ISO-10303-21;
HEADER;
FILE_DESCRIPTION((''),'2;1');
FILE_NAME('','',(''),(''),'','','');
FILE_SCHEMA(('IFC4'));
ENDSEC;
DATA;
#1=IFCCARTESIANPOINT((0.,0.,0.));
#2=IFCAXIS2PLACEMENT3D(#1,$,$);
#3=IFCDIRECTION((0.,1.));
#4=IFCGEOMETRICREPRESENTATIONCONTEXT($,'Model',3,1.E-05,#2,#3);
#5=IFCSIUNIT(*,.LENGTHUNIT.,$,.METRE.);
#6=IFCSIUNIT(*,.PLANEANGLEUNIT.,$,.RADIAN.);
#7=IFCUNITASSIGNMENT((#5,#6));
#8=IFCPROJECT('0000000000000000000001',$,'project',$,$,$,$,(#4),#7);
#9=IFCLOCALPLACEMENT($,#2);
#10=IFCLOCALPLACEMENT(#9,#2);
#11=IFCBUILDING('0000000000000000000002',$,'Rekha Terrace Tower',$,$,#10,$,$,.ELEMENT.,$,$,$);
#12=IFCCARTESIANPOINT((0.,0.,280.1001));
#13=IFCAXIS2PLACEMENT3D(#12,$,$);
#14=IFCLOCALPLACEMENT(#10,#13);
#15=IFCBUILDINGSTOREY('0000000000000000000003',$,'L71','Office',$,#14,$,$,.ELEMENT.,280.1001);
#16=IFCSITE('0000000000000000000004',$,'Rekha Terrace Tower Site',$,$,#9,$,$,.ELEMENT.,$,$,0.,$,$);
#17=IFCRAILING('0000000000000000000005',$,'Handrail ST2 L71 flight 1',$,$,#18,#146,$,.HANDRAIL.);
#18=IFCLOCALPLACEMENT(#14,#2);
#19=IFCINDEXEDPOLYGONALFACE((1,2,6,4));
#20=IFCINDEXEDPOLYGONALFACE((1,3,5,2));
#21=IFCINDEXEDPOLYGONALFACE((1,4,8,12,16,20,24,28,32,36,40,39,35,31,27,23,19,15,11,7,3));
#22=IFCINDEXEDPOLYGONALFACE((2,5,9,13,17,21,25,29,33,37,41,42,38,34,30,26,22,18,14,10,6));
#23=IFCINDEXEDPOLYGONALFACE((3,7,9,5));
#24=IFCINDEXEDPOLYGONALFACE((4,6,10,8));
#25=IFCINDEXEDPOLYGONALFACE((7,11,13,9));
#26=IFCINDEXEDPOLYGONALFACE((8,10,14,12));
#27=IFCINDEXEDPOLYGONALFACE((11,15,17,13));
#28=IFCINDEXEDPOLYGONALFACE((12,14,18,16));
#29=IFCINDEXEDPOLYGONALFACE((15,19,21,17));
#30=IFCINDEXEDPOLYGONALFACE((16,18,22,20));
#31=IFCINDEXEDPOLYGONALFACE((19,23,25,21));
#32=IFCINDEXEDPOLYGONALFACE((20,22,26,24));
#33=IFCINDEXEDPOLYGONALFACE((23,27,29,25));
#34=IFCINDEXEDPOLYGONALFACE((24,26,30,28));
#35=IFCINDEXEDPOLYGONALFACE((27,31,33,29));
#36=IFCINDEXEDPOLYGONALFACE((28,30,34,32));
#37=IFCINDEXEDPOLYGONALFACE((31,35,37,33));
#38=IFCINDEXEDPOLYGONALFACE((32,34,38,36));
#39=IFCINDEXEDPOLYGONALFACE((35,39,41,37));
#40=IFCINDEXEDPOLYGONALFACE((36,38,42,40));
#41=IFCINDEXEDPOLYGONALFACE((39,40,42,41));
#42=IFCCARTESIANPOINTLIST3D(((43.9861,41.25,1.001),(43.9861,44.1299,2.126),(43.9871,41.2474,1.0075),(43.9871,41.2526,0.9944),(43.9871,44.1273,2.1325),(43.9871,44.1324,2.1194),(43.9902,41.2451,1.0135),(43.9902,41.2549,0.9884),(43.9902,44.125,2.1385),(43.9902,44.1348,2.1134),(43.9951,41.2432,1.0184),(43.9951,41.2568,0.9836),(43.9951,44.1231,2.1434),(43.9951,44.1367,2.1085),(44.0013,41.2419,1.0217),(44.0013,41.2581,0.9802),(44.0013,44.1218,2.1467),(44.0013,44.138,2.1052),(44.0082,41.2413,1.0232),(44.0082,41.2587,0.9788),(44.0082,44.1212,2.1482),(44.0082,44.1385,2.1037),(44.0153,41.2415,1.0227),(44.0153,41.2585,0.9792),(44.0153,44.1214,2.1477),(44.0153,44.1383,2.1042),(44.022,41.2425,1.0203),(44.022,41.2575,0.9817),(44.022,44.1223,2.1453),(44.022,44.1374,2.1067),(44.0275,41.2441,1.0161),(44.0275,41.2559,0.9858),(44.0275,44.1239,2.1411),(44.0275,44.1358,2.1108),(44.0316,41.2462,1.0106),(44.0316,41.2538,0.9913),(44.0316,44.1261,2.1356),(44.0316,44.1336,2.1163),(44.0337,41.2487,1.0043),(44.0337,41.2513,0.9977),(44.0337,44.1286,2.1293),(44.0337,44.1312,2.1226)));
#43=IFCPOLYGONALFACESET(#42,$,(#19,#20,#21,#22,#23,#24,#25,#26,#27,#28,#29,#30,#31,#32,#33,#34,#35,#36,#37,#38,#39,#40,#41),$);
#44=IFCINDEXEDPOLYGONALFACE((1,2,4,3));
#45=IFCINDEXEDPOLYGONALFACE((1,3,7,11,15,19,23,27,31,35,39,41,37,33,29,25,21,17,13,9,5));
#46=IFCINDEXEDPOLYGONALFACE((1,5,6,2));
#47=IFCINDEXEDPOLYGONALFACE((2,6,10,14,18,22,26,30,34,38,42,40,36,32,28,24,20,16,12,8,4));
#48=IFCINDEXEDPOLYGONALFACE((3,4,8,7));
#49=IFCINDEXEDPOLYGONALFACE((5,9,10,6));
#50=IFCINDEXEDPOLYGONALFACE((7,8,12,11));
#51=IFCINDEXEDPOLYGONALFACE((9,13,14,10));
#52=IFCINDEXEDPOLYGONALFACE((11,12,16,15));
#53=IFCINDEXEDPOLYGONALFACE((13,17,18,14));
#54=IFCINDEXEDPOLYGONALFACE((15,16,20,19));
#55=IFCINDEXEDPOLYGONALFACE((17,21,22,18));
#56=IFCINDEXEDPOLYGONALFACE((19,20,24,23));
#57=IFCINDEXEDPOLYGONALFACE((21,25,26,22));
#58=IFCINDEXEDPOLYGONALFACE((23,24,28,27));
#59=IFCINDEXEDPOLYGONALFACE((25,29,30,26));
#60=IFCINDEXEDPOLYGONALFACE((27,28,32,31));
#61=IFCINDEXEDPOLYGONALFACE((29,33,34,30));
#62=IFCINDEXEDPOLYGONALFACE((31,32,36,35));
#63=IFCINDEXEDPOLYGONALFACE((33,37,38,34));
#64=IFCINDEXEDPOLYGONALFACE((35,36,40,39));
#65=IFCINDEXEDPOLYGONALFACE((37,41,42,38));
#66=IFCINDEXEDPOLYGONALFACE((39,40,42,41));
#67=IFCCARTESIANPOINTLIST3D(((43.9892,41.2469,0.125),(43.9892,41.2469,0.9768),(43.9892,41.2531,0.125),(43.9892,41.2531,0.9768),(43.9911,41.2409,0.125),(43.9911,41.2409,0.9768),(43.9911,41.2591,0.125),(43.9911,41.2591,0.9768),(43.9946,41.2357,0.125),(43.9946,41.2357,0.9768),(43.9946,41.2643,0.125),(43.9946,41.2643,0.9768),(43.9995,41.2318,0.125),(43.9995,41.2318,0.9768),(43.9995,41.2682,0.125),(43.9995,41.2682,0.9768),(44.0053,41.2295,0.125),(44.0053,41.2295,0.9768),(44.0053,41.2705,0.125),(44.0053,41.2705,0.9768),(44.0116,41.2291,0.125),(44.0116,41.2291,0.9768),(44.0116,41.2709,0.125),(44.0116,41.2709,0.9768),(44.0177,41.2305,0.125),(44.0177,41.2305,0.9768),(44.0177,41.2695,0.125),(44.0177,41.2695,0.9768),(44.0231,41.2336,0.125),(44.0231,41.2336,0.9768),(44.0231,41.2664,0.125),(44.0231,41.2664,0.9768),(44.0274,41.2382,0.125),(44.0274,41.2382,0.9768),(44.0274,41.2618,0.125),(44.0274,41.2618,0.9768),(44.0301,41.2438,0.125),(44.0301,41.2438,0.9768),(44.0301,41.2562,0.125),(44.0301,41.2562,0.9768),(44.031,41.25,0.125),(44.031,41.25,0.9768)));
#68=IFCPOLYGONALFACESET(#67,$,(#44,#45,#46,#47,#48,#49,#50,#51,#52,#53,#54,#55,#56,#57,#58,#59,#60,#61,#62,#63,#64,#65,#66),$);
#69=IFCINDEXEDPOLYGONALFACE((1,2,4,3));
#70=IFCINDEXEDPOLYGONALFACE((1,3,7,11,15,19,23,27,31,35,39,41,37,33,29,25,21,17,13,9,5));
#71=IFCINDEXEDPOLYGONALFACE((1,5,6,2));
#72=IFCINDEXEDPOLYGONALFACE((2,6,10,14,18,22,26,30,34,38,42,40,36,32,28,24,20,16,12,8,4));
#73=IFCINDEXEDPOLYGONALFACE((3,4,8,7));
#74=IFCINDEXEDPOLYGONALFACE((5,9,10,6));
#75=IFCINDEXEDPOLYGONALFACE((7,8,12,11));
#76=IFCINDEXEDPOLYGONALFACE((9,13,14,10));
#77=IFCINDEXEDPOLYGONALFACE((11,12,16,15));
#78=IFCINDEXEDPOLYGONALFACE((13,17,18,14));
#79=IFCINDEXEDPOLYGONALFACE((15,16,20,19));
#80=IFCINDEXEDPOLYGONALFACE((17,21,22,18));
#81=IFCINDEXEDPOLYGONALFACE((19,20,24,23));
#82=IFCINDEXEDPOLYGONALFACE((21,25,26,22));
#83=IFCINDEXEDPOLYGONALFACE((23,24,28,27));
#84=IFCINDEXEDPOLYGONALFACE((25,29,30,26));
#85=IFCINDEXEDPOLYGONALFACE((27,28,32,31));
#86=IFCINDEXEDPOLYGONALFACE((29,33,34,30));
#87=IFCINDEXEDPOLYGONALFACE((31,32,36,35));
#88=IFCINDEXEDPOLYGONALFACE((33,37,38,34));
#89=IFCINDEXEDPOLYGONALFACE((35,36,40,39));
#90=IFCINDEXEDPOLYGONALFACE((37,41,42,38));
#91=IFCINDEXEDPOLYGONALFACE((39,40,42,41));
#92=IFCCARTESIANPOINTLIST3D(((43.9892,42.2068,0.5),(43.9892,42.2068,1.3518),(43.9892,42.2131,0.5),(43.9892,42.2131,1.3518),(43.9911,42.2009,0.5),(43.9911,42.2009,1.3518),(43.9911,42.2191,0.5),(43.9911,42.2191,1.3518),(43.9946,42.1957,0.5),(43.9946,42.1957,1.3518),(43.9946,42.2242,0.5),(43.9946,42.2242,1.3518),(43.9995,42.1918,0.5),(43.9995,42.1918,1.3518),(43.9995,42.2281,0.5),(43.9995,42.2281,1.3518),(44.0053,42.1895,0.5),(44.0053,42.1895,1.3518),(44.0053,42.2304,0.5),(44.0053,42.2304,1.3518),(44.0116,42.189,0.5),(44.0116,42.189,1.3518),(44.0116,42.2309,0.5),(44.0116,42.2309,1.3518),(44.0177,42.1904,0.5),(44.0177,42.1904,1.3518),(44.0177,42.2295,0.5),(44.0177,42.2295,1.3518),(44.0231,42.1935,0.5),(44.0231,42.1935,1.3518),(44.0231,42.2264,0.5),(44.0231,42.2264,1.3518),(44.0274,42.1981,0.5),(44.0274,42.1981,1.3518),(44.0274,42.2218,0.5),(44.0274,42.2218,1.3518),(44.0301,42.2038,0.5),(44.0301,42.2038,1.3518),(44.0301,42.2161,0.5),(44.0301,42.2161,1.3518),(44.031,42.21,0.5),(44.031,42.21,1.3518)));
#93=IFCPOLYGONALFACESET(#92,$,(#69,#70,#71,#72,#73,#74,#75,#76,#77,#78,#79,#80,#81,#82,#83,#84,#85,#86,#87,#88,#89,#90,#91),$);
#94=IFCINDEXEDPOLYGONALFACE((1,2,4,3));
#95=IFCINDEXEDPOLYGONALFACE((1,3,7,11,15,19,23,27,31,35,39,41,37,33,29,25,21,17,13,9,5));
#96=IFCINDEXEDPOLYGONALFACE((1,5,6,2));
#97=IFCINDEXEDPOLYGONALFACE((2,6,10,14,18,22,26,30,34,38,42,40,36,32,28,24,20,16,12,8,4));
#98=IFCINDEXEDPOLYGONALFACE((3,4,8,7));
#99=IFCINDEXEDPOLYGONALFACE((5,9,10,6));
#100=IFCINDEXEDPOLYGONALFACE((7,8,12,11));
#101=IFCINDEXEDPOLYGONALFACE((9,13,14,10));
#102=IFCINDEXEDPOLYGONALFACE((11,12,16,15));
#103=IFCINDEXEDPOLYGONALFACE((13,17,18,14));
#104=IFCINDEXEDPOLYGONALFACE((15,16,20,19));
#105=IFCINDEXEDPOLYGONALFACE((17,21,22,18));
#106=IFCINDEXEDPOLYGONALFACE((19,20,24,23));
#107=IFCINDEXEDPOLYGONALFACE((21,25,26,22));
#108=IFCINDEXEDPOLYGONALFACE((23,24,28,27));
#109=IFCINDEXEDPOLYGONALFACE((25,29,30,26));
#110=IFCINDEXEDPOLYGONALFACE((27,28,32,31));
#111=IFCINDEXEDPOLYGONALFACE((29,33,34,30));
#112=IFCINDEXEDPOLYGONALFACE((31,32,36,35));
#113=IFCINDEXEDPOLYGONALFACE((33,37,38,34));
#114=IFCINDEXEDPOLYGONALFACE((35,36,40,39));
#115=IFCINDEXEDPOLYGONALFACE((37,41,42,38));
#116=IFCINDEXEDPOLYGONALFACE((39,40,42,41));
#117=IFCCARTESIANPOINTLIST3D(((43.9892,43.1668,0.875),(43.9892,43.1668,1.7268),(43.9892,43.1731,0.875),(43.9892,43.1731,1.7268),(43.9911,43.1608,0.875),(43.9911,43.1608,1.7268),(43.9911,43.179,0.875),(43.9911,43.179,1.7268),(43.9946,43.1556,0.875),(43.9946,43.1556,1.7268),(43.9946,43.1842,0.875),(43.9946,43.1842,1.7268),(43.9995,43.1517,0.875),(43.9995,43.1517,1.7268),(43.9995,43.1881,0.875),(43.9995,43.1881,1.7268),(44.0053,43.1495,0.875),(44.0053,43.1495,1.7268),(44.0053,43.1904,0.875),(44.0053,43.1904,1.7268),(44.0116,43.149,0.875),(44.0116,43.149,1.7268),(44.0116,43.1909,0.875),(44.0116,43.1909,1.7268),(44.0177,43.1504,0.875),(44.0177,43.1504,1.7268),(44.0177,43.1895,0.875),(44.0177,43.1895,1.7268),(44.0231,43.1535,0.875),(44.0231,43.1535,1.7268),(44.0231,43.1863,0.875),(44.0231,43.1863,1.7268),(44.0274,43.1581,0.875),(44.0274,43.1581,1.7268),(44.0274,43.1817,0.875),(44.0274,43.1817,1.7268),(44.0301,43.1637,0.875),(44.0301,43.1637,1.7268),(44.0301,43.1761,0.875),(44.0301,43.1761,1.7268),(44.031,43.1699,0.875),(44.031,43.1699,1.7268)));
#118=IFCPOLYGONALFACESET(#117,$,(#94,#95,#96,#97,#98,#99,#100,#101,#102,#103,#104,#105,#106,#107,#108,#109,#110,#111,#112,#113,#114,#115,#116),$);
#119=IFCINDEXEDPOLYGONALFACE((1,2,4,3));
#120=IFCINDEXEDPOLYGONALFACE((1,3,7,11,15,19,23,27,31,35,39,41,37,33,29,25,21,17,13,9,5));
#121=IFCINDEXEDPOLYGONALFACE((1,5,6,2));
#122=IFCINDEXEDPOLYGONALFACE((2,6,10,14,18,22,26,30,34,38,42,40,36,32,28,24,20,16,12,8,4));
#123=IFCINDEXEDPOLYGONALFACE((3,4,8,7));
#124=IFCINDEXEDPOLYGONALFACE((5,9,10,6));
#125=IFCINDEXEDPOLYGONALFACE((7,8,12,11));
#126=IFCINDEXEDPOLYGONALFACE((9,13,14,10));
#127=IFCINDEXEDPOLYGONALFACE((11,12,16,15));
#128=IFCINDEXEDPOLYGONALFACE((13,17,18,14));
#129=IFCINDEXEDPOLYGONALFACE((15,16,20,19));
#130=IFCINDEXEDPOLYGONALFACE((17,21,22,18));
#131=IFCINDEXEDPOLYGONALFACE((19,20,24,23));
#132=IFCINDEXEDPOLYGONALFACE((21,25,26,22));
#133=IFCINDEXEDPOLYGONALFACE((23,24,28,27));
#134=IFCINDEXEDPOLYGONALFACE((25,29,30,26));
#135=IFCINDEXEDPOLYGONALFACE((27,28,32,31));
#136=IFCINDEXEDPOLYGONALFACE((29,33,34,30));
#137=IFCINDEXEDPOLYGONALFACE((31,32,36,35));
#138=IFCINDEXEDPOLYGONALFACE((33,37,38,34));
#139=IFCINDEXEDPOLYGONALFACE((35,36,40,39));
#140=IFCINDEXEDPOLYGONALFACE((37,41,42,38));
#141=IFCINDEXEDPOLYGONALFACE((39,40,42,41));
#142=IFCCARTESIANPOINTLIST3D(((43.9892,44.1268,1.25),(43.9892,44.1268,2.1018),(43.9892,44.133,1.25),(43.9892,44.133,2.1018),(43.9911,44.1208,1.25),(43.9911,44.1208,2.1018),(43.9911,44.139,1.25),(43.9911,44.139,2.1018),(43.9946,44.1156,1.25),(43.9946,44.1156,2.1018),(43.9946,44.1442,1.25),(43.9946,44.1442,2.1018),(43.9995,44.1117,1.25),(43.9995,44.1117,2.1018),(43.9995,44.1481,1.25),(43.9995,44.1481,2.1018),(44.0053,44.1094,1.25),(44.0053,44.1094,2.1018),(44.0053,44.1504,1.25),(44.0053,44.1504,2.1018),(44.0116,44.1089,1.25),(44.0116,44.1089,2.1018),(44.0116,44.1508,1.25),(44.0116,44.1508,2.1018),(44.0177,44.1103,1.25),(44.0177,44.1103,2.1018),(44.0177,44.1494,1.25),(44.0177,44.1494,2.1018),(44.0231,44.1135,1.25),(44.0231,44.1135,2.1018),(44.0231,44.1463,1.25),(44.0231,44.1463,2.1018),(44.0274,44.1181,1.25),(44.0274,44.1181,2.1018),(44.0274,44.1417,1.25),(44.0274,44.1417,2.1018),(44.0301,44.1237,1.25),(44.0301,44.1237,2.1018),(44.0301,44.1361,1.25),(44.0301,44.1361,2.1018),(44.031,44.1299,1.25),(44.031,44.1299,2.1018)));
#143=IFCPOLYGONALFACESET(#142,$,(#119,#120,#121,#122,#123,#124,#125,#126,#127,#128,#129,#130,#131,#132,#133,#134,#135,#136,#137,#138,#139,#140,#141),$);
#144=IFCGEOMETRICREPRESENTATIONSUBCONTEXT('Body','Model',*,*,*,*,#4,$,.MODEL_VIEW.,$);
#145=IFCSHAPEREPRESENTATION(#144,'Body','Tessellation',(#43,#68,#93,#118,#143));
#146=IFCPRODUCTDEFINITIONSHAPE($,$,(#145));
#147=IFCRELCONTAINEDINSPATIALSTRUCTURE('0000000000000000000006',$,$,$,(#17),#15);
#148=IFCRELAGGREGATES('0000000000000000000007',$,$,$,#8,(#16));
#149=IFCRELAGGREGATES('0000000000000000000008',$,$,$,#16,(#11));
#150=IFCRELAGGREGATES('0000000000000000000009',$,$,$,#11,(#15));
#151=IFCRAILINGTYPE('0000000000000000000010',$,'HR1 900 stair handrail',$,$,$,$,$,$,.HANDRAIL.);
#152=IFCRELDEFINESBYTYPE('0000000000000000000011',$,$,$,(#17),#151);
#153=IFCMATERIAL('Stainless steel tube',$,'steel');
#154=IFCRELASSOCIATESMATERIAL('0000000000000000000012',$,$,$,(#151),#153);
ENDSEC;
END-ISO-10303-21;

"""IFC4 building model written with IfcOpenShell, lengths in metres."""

from ifc_helpers import new_model, si_unit, direction, frame, origin, origin_2d, place, context, subcontext, project, spatial, circle, extrude, material, type_object, element, save


model = new_model("IFC4")

# Units and contexts
model_context = context("Model", 3, precision=1e-05, world=origin(), true_north=direction((0.0, 1.0)))
body_context = subcontext(model_context, "Body", "Model", "MODEL_VIEW")
ifc_project = project(units=[si_unit("LENGTHUNIT", "METRE"), si_unit("PLANEANGLEUNIT", "RADIAN")], contexts=[model_context])

# Site, building, storey
site_placement = place(None, origin())
site = spatial("IfcSite", under=ifc_project, at=site_placement, Name="Rekha Terrace Tower Site", CompositionType="ELEMENT", RefElevation=0.0)
building_placement = place(site_placement, origin())
building = spatial("IfcBuilding", under=site, at=building_placement, Name="Rekha Terrace Tower", CompositionType="ELEMENT")
storey_placement = place(building_placement, frame((0.0, 0.0, 280.1001)))
storey = spatial("IfcBuildingStorey", under=building, at=storey_placement, Name="L71", Description="Office", CompositionType="ELEMENT", Elevation=280.1001)

# Railing
ifc_material_1 = material(Name="Stainless steel tube", Category="steel")
railing_type_1 = type_object("IfcRailingType", Name="HR1 900 stair handrail", PredefinedType="HANDRAIL", material=ifc_material_1)
for number, where, name in (
    (1, (44.01, 41.25, 0.125), "Handrail ST2 L71 flight 1"),
):
    element("IfcRailing", number, at=place(storey_placement, frame(where)), inside=storey, type_object=railing_type_1, Name=name, PredefinedType="HANDRAIL", context=body_context, shape_type="SweptSolid", body=[
        extrude(circle(Radius=0.0239, at=origin_2d()), frame((0.0, 0.0, 0.876), z_axis=(0.0, 0.931452, 0.363863), x_axis=(-1.0, 0.0, 0.0)), (0.0, 0.0, 1.0), 3.0918),
        extrude(circle(Radius=0.021, at=origin_2d()), origin(), (0.0, 0.0, 1.0), 0.8518),
        extrude(circle(Radius=0.021, at=origin_2d()), frame((0.0, 0.96, 0.375)), (0.0, 0.0, 1.0), 0.8518),
        extrude(circle(Radius=0.021, at=origin_2d()), frame((0.0, 1.9199, 0.75)), (0.0, 0.0, 1.0), 0.8518),
        extrude(circle(Radius=0.021, at=origin_2d()), frame((0.0, 2.8799, 1.125)), (0.0, 0.0, 1.0), 0.8518),
    ])

save(model, "model.ifc")
